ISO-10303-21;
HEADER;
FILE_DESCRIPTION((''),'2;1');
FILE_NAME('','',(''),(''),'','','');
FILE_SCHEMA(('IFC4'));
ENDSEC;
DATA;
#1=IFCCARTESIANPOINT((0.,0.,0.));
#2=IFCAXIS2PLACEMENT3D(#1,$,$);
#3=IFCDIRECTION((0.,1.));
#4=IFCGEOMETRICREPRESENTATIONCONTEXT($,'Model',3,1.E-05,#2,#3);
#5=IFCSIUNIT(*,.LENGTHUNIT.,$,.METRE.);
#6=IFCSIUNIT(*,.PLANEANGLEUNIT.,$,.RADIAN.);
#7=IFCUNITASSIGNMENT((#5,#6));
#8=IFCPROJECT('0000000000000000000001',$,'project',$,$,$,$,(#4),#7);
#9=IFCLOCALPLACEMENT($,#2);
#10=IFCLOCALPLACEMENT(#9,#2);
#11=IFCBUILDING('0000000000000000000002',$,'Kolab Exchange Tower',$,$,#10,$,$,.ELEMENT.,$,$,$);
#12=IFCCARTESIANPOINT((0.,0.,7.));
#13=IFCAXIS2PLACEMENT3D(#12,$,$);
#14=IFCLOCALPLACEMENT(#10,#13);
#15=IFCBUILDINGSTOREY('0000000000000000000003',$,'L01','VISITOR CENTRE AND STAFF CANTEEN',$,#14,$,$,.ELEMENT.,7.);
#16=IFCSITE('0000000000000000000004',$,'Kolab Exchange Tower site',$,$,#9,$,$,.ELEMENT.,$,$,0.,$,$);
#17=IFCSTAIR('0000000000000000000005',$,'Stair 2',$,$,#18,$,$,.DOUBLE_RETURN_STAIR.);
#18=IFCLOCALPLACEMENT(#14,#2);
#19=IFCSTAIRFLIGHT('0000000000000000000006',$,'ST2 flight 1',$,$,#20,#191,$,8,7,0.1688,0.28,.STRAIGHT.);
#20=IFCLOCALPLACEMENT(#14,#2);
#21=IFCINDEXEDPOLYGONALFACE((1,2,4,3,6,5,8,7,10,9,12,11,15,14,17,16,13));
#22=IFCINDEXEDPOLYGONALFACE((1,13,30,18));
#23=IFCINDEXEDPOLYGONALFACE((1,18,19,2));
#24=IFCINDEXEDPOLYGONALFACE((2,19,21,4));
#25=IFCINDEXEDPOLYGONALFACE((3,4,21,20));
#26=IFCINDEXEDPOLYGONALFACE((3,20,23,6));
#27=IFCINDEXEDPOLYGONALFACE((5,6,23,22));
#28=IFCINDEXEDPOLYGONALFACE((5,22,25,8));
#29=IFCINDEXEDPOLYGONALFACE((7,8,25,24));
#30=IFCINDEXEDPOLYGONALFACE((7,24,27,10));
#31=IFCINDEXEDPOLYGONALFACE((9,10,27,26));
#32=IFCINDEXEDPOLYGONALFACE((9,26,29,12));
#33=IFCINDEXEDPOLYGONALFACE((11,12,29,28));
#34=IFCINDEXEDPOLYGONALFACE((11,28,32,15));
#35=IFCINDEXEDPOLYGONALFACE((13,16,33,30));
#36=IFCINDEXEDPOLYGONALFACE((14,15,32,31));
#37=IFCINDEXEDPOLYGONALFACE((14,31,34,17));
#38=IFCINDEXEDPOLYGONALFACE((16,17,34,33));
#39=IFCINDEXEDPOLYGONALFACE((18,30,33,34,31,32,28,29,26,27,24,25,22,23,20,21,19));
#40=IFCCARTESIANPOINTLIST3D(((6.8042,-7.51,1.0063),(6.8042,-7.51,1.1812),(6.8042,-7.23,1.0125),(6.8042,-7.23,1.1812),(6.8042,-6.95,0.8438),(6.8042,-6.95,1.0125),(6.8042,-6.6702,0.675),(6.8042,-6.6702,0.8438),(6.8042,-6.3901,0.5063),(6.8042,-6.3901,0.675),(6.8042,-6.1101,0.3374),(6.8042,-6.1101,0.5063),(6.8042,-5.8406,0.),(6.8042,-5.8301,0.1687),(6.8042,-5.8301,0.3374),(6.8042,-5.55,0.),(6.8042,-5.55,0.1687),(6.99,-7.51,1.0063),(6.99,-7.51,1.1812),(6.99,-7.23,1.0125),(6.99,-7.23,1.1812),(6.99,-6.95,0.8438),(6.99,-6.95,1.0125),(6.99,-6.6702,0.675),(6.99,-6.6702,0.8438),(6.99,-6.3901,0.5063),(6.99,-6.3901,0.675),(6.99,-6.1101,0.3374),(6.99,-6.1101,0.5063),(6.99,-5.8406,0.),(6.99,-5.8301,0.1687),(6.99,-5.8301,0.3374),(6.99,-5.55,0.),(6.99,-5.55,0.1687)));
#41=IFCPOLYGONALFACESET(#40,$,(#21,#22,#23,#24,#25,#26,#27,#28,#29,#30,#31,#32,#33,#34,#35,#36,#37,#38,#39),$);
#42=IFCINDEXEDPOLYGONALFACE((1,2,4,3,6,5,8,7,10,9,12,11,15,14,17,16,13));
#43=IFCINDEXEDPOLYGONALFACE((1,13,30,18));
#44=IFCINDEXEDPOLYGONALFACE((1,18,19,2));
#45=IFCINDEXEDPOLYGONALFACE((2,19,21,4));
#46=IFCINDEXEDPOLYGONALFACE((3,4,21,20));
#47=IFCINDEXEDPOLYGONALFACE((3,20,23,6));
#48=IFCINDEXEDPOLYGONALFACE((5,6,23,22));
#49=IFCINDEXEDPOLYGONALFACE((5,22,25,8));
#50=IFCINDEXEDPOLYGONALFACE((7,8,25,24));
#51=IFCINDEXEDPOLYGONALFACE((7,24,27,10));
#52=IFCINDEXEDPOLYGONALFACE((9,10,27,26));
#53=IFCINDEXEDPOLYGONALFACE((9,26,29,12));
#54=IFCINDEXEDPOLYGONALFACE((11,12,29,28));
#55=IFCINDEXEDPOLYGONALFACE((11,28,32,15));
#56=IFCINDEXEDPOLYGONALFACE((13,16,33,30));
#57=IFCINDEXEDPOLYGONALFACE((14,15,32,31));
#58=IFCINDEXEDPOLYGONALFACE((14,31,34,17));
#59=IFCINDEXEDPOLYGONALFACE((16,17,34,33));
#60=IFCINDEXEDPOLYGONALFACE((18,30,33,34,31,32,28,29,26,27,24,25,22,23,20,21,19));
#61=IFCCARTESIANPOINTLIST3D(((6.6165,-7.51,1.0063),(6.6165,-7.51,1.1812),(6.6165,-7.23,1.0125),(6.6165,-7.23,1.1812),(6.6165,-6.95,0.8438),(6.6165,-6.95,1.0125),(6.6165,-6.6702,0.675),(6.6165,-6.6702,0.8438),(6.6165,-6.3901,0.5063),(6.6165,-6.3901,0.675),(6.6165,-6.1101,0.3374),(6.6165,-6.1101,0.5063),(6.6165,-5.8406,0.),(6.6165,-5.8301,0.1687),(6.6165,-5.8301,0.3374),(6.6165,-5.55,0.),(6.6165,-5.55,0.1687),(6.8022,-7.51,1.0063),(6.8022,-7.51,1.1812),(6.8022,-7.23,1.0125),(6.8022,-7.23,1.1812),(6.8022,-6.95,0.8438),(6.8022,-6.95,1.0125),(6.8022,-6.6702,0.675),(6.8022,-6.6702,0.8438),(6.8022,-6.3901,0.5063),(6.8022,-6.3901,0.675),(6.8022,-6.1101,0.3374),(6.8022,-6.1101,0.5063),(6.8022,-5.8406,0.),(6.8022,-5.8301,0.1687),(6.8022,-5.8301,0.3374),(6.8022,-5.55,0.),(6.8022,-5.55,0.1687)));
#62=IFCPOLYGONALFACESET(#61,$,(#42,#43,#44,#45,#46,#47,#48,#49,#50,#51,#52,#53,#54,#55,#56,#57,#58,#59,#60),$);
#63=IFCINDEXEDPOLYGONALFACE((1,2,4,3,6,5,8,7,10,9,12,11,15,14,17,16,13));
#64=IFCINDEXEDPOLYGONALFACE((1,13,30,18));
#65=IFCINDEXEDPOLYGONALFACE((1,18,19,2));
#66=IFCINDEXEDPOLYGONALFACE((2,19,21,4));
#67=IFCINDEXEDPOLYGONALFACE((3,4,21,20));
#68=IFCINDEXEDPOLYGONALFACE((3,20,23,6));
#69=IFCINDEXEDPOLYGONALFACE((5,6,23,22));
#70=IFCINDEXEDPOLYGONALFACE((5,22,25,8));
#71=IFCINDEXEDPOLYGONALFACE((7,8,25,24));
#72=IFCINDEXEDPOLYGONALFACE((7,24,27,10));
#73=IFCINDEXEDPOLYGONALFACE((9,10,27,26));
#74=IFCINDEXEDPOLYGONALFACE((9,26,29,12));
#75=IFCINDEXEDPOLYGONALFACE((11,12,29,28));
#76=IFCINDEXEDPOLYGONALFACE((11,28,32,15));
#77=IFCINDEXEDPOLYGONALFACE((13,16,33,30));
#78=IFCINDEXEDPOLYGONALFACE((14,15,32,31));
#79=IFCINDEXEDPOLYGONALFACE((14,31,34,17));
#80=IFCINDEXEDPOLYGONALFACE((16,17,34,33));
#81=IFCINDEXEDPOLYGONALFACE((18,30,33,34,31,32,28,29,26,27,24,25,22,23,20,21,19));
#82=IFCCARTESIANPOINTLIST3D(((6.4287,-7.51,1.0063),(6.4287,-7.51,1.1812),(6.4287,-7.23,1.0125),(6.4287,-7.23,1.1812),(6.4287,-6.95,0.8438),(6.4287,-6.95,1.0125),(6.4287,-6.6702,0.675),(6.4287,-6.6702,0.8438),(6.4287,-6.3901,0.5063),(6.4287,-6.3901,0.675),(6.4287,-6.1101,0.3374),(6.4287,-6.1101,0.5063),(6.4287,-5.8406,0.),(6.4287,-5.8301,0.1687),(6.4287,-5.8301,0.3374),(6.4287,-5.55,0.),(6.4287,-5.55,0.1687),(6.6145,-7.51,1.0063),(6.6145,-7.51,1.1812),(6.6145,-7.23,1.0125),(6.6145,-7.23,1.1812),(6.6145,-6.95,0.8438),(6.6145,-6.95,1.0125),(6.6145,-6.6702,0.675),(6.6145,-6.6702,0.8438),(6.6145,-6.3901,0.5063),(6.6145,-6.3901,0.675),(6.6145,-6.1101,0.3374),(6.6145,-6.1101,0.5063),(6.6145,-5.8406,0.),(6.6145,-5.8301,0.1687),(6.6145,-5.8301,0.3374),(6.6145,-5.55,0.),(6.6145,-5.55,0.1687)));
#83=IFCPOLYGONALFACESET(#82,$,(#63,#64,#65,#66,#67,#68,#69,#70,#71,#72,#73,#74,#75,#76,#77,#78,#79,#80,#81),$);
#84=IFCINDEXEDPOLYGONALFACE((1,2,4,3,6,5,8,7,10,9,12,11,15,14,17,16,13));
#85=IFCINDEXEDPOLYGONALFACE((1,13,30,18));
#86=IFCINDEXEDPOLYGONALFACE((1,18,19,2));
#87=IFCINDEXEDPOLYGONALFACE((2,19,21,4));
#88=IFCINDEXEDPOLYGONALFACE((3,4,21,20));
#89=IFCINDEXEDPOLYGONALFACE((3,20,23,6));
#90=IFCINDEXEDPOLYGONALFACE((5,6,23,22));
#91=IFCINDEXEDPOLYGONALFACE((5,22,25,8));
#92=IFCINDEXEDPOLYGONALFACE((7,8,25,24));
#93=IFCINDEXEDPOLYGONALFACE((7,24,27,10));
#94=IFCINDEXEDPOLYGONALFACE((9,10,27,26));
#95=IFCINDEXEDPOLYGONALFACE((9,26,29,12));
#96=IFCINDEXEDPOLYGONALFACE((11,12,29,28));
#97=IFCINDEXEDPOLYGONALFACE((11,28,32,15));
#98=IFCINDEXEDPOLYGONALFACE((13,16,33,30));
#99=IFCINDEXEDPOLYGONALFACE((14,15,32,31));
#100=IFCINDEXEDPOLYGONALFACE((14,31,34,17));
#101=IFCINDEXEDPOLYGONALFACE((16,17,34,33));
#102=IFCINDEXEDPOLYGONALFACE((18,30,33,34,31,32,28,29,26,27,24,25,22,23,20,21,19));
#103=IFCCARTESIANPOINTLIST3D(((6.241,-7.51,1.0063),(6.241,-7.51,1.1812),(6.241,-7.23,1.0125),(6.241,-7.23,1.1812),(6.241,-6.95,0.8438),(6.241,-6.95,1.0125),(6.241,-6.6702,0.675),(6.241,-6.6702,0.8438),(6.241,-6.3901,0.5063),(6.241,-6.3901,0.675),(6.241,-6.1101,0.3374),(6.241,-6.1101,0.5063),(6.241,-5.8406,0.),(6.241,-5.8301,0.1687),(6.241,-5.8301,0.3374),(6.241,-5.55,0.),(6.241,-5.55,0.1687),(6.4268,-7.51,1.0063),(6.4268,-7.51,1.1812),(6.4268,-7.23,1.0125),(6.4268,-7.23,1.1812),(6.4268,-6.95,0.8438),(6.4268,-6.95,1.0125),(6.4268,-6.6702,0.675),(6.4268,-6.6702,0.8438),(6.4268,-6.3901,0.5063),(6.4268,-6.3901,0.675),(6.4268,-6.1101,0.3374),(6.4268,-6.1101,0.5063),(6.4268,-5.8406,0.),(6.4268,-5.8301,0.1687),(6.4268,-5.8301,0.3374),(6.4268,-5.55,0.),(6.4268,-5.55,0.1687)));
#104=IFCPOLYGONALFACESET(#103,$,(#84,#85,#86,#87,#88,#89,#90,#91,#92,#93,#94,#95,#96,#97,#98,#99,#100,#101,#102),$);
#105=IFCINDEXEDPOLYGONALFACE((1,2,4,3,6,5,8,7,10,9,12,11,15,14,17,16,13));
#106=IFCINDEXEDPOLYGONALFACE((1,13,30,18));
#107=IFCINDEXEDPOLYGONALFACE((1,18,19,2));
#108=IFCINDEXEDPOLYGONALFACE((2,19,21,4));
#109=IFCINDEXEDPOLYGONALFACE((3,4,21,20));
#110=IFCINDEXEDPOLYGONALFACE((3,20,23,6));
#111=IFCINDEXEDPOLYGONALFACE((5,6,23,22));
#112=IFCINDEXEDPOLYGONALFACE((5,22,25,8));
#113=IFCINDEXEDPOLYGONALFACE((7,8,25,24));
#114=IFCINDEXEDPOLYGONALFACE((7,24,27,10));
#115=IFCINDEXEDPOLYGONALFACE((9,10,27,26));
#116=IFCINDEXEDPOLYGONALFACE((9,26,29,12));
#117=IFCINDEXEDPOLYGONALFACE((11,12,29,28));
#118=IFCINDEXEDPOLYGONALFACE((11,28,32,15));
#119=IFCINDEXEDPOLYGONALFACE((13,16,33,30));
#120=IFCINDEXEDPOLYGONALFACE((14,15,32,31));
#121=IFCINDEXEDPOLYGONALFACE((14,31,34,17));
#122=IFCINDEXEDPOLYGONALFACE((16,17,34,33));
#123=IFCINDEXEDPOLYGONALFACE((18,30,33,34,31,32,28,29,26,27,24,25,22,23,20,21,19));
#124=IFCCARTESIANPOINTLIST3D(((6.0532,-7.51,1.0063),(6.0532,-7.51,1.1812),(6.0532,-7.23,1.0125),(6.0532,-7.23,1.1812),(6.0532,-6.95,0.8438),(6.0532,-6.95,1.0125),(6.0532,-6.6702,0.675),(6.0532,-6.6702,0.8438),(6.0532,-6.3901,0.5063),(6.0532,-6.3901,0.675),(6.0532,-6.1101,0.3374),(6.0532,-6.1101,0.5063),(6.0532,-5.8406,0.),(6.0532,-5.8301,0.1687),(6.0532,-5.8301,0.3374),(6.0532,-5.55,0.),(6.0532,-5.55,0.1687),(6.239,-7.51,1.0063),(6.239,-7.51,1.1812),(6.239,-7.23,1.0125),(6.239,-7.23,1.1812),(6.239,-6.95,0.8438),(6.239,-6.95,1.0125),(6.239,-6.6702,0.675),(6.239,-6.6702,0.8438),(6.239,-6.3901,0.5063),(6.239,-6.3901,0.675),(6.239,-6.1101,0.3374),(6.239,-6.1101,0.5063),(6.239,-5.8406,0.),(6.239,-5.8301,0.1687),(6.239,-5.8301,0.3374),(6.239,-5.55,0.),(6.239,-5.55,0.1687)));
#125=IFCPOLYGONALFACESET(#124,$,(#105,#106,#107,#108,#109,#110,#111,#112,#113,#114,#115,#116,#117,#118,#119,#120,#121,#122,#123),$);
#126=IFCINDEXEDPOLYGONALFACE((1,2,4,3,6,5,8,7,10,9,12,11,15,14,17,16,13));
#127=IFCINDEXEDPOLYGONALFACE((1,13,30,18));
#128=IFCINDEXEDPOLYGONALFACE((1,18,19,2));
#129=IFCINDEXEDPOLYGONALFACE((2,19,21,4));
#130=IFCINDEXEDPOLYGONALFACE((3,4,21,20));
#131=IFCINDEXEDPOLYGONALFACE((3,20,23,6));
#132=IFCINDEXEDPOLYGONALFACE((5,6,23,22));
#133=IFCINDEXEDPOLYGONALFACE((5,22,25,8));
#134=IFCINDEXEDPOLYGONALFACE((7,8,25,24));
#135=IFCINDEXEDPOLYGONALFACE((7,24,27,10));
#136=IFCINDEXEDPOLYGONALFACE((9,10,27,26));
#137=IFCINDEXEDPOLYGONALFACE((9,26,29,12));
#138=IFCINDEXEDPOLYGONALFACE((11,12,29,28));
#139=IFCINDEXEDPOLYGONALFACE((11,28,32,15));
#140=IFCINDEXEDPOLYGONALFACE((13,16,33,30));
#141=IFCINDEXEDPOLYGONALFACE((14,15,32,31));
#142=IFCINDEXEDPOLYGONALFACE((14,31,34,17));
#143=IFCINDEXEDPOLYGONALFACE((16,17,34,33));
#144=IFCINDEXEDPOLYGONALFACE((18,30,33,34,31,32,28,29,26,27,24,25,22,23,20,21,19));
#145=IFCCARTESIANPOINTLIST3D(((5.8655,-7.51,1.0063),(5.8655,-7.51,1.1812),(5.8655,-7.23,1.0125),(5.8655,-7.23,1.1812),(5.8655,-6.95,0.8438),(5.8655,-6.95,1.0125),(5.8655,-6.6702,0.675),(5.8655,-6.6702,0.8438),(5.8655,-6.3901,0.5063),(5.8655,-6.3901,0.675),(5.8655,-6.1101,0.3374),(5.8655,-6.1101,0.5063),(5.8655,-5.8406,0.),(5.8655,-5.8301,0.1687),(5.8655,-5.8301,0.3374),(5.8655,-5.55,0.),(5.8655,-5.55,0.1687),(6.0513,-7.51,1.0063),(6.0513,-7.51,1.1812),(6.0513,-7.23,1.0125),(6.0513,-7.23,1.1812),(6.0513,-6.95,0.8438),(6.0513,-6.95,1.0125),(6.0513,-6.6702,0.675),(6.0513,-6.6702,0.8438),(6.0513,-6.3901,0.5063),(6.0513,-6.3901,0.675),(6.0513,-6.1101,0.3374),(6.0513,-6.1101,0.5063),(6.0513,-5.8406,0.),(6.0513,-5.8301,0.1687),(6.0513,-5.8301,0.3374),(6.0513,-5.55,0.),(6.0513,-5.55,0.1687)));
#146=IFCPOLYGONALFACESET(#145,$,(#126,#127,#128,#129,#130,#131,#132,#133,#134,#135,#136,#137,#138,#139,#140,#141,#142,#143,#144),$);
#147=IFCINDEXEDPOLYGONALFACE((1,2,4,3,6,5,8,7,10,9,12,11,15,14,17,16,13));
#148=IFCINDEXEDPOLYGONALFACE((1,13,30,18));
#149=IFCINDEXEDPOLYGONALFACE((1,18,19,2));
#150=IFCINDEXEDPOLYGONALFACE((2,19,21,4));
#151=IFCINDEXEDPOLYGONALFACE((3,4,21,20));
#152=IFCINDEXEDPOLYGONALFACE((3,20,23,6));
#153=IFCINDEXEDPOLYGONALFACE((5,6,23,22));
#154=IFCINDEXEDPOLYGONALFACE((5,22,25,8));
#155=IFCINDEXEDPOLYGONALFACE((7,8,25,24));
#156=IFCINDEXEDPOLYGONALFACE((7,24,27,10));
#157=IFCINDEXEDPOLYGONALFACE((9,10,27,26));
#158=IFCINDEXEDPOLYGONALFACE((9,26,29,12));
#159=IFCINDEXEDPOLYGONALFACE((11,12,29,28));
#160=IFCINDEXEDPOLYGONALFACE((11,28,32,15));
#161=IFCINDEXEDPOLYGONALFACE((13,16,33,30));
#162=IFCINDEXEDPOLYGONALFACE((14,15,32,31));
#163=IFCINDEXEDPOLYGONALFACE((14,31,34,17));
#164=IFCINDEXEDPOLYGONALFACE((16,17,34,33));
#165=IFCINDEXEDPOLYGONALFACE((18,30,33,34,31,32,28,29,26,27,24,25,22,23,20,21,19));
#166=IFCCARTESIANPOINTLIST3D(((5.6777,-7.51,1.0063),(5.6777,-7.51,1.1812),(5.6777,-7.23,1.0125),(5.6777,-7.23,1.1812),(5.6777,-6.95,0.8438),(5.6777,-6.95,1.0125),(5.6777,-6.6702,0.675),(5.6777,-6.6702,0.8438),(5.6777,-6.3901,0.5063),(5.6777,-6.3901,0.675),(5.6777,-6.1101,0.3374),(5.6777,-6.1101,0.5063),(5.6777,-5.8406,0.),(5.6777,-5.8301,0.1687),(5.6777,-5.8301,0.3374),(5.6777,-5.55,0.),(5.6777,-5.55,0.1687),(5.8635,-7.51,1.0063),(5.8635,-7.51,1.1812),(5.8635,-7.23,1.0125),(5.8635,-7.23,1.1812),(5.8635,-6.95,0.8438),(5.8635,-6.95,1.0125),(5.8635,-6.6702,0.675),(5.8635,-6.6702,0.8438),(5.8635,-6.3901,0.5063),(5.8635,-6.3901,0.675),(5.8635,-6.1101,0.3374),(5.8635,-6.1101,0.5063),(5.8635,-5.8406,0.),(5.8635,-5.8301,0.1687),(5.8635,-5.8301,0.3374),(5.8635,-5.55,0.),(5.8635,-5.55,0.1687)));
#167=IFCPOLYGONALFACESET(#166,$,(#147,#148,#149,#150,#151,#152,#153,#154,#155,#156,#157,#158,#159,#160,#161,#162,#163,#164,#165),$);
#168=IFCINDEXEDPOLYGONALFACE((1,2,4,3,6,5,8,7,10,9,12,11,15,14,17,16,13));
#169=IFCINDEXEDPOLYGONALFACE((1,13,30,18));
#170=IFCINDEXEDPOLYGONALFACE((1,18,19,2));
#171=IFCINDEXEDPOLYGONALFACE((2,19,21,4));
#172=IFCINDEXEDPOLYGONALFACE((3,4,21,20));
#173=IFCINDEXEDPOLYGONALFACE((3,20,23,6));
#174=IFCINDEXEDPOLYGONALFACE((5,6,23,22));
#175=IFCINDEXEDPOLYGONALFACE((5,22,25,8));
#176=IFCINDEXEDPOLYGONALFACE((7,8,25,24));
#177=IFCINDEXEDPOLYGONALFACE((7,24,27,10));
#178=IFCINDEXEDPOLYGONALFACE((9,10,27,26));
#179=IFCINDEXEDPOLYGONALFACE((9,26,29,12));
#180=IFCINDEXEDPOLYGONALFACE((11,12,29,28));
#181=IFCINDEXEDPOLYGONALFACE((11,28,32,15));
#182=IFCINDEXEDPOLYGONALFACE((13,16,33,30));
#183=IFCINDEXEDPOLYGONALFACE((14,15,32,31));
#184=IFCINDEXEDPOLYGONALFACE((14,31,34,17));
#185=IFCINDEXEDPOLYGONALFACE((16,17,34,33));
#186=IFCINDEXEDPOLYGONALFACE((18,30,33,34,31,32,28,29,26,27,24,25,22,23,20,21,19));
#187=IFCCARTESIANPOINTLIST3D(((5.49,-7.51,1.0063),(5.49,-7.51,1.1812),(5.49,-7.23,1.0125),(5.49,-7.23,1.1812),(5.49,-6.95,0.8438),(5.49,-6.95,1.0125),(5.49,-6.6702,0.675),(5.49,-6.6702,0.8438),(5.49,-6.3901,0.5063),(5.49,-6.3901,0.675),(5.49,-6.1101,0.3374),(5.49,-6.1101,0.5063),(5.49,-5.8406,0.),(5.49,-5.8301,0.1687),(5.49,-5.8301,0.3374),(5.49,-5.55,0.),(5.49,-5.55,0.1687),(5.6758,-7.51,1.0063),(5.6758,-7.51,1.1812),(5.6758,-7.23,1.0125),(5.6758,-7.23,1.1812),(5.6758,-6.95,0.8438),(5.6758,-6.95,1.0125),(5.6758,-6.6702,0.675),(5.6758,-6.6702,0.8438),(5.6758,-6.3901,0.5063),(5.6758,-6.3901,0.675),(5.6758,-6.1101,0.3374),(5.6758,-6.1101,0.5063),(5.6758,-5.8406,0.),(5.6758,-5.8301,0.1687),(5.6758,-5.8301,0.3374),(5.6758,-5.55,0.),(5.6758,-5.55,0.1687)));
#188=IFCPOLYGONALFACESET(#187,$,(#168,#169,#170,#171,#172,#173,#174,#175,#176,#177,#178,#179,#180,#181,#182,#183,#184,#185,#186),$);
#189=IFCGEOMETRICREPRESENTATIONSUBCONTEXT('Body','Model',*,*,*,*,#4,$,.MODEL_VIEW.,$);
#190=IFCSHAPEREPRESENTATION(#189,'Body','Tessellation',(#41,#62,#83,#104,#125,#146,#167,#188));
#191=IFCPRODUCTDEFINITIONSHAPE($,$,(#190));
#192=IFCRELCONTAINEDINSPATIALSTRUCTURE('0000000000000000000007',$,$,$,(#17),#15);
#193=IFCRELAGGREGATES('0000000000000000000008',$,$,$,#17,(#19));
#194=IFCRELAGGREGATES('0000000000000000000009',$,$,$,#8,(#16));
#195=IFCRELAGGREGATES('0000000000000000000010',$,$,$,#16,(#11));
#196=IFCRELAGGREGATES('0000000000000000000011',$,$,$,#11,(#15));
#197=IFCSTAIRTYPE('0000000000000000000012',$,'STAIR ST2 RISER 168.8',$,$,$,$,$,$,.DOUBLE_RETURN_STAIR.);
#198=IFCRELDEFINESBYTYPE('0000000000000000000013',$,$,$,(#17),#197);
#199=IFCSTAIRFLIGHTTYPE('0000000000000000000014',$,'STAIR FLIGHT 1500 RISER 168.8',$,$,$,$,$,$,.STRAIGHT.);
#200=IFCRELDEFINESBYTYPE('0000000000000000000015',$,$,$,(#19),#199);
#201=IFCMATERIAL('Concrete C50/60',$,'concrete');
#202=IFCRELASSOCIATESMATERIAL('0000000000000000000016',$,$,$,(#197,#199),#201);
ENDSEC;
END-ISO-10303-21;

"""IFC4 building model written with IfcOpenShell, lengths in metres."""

from ifc_helpers import new_model, si_unit, direction, frame, origin, place, context, subcontext, project, spatial, polyline, outline, extrude, material, type_object, element, aggregate, save


model = new_model("IFC4")

# Units and contexts
model_context = context("Model", 3, precision=1e-05, world=origin(), true_north=direction((0.0, 1.0)))
body_context = subcontext(model_context, "Body", "Model", "MODEL_VIEW")
ifc_project = project(units=[si_unit("LENGTHUNIT", "METRE"), si_unit("PLANEANGLEUNIT", "RADIAN")], contexts=[model_context])

# Site, building, storey
site_placement = place(None, origin())
site = spatial("IfcSite", under=ifc_project, at=site_placement, Name="Kolab Exchange Tower site", CompositionType="ELEMENT", RefElevation=0.0)
building_placement = place(site_placement, origin())
building = spatial("IfcBuilding", under=site, at=building_placement, Name="Kolab Exchange Tower", CompositionType="ELEMENT")
storey_placement = place(building_placement, frame((0.0, 0.0, 7.0)))
storey = spatial("IfcBuildingStorey", under=building, at=storey_placement, Name="L01", Description="VISITOR CENTRE AND STAFF CANTEEN", CompositionType="ELEMENT", Elevation=7.0)

# Shared definitions
ifc_material_1 = material(Name="Concrete C50/60", Category="concrete")

# Stair, stair flight
stair_type = type_object("IfcStairType", Name="STAIR ST2 RISER 168.8", PredefinedType="DOUBLE_RETURN_STAIR", material=ifc_material_1)
stair_placement = place(storey_placement, origin())
stair = element("IfcStair", 1, at=stair_placement, inside=storey, type_object=stair_type, Name="Stair 2", PredefinedType="DOUBLE_RETURN_STAIR")
stair_flight_type = type_object("IfcStairFlightType", Name="STAIR FLIGHT 1500 RISER 168.8", PredefinedType="STRAIGHT", material=ifc_material_1)
stair_flight_1_placement = place(storey_placement, frame((6.24, -5.55, 0.0), z_axis=(0.0, 0.0, 1.0), x_axis=(0.0, -1.0, 0.0)))
stair_flight_1 = element("IfcStairFlight", 2, at=stair_flight_1_placement, type_object=stair_flight_type, Name="ST2 flight 1", NumberOfRisers=8, NumberOfTreads=7, PredefinedType="STRAIGHT", RiserHeight=0.1688, TreadLength=0.28, context=body_context, shape_type="SweptSolid", body=[
    extrude(outline(polyline([(0.0, 0.0), (0.0, 0.1687), (0.28, 0.1687), (0.28, 0.3374), (0.5601, 0.3374), (0.5601, 0.5063), (0.8401, 0.5063), (0.8401, 0.675), (1.1201, 0.675), (1.1201, 0.8438), (1.3999, 0.8438), (1.3999, 1.0125), (1.6799, 1.0125), (1.6799, 1.1812), (1.96, 1.1812), (1.96, 1.3501), (1.96, 1.0063), (0.2905, 0.0), (0.0, 0.0)])), frame((0.0, 0.75, 0.0), z_axis=(0.0, -1.0, 0.0), x_axis=(1.0, 0.0, 0.0)), (0.0, 0.0, 1.0), 0.1858),
    extrude(outline(polyline([(0.0, 0.0), (0.0, 0.1687), (0.28, 0.1687), (0.28, 0.3374), (0.5601, 0.3374), (0.5601, 0.5063), (0.8401, 0.5063), (0.8401, 0.675), (1.1201, 0.675), (1.1201, 0.8438), (1.3999, 0.8438), (1.3999, 1.0125), (1.6799, 1.0125), (1.6799, 1.1812), (1.96, 1.1812), (1.96, 1.3501), (1.96, 1.0063), (0.2905, 0.0), (0.0, 0.0)])), frame((0.0, 0.5623, 0.0), z_axis=(0.0, -1.0, 0.0), x_axis=(1.0, 0.0, 0.0)), (0.0, 0.0, 1.0), 0.1858),
    extrude(outline(polyline([(0.0, 0.0), (0.0, 0.1687), (0.28, 0.1687), (0.28, 0.3374), (0.5601, 0.3374), (0.5601, 0.5063), (0.8401, 0.5063), (0.8401, 0.675), (1.1201, 0.675), (1.1201, 0.8438), (1.3999, 0.8438), (1.3999, 1.0125), (1.6799, 1.0125), (1.6799, 1.1812), (1.96, 1.1812), (1.96, 1.3501), (1.96, 1.0063), (0.2905, 0.0), (0.0, 0.0)])), frame((0.0, 0.3745, 0.0), z_axis=(0.0, -1.0, 0.0), x_axis=(1.0, 0.0, 0.0)), (0.0, 0.0, 1.0), 0.1858),
    extrude(outline(polyline([(0.0, 0.0), (0.0, 0.1687), (0.28, 0.1687), (0.28, 0.3374), (0.5601, 0.3374), (0.5601, 0.5063), (0.8401, 0.5063), (0.8401, 0.675), (1.1201, 0.675), (1.1201, 0.8438), (1.3999, 0.8438), (1.3999, 1.0125), (1.6799, 1.0125), (1.6799, 1.1812), (1.96, 1.1812), (1.96, 1.3501), (1.96, 1.0063), (0.2905, 0.0), (0.0, 0.0)])), frame((0.0, 0.1868, 0.0), z_axis=(0.0, -1.0, 0.0), x_axis=(1.0, 0.0, 0.0)), (0.0, 0.0, 1.0), 0.1858),
    extrude(outline(polyline([(0.0, 0.0), (0.0, 0.1687), (0.28, 0.1687), (0.28, 0.3374), (0.5601, 0.3374), (0.5601, 0.5063), (0.8401, 0.5063), (0.8401, 0.675), (1.1201, 0.675), (1.1201, 0.8438), (1.3999, 0.8438), (1.3999, 1.0125), (1.6799, 1.0125), (1.6799, 1.1812), (1.96, 1.1812), (1.96, 1.3501), (1.96, 1.0063), (0.2905, 0.0), (0.0, 0.0)])), frame((0.0, -0.001, 0.0), z_axis=(0.0, -1.0, 0.0), x_axis=(1.0, 0.0, 0.0)), (0.0, 0.0, 1.0), 0.1858),
    extrude(outline(polyline([(0.0, 0.0), (0.0, 0.1687), (0.28, 0.1687), (0.28, 0.3374), (0.5601, 0.3374), (0.5601, 0.5063), (0.8401, 0.5063), (0.8401, 0.675), (1.1201, 0.675), (1.1201, 0.8438), (1.3999, 0.8438), (1.3999, 1.0125), (1.6799, 1.0125), (1.6799, 1.1812), (1.96, 1.1812), (1.96, 1.3501), (1.96, 1.0063), (0.2905, 0.0), (0.0, 0.0)])), frame((0.0, -0.1887, 0.0), z_axis=(0.0, -1.0, 0.0), x_axis=(1.0, 0.0, 0.0)), (0.0, 0.0, 1.0), 0.1858),
    extrude(outline(polyline([(0.0, 0.0), (0.0, 0.1687), (0.28, 0.1687), (0.28, 0.3374), (0.5601, 0.3374), (0.5601, 0.5063), (0.8401, 0.5063), (0.8401, 0.675), (1.1201, 0.675), (1.1201, 0.8438), (1.3999, 0.8438), (1.3999, 1.0125), (1.6799, 1.0125), (1.6799, 1.1812), (1.96, 1.1812), (1.96, 1.3501), (1.96, 1.0063), (0.2905, 0.0), (0.0, 0.0)])), frame((0.0, -0.3765, 0.0), z_axis=(0.0, -1.0, 0.0), x_axis=(1.0, 0.0, 0.0)), (0.0, 0.0, 1.0), 0.1858),
    extrude(outline(polyline([(0.0, 0.0), (0.0, 0.1687), (0.28, 0.1687), (0.28, 0.3374), (0.5601, 0.3374), (0.5601, 0.5063), (0.8401, 0.5063), (0.8401, 0.675), (1.1201, 0.675), (1.1201, 0.8438), (1.3999, 0.8438), (1.3999, 1.0125), (1.6799, 1.0125), (1.6799, 1.1812), (1.96, 1.1812), (1.96, 1.3501), (1.96, 1.0063), (0.2905, 0.0), (0.0, 0.0)])), frame((0.0, -0.5642, 0.0), z_axis=(0.0, -1.0, 0.0), x_axis=(1.0, 0.0, 0.0)), (0.0, 0.0, 1.0), 0.1858),
])
aggregate(stair, [stair_flight_1])

save(model, "model.ifc")
